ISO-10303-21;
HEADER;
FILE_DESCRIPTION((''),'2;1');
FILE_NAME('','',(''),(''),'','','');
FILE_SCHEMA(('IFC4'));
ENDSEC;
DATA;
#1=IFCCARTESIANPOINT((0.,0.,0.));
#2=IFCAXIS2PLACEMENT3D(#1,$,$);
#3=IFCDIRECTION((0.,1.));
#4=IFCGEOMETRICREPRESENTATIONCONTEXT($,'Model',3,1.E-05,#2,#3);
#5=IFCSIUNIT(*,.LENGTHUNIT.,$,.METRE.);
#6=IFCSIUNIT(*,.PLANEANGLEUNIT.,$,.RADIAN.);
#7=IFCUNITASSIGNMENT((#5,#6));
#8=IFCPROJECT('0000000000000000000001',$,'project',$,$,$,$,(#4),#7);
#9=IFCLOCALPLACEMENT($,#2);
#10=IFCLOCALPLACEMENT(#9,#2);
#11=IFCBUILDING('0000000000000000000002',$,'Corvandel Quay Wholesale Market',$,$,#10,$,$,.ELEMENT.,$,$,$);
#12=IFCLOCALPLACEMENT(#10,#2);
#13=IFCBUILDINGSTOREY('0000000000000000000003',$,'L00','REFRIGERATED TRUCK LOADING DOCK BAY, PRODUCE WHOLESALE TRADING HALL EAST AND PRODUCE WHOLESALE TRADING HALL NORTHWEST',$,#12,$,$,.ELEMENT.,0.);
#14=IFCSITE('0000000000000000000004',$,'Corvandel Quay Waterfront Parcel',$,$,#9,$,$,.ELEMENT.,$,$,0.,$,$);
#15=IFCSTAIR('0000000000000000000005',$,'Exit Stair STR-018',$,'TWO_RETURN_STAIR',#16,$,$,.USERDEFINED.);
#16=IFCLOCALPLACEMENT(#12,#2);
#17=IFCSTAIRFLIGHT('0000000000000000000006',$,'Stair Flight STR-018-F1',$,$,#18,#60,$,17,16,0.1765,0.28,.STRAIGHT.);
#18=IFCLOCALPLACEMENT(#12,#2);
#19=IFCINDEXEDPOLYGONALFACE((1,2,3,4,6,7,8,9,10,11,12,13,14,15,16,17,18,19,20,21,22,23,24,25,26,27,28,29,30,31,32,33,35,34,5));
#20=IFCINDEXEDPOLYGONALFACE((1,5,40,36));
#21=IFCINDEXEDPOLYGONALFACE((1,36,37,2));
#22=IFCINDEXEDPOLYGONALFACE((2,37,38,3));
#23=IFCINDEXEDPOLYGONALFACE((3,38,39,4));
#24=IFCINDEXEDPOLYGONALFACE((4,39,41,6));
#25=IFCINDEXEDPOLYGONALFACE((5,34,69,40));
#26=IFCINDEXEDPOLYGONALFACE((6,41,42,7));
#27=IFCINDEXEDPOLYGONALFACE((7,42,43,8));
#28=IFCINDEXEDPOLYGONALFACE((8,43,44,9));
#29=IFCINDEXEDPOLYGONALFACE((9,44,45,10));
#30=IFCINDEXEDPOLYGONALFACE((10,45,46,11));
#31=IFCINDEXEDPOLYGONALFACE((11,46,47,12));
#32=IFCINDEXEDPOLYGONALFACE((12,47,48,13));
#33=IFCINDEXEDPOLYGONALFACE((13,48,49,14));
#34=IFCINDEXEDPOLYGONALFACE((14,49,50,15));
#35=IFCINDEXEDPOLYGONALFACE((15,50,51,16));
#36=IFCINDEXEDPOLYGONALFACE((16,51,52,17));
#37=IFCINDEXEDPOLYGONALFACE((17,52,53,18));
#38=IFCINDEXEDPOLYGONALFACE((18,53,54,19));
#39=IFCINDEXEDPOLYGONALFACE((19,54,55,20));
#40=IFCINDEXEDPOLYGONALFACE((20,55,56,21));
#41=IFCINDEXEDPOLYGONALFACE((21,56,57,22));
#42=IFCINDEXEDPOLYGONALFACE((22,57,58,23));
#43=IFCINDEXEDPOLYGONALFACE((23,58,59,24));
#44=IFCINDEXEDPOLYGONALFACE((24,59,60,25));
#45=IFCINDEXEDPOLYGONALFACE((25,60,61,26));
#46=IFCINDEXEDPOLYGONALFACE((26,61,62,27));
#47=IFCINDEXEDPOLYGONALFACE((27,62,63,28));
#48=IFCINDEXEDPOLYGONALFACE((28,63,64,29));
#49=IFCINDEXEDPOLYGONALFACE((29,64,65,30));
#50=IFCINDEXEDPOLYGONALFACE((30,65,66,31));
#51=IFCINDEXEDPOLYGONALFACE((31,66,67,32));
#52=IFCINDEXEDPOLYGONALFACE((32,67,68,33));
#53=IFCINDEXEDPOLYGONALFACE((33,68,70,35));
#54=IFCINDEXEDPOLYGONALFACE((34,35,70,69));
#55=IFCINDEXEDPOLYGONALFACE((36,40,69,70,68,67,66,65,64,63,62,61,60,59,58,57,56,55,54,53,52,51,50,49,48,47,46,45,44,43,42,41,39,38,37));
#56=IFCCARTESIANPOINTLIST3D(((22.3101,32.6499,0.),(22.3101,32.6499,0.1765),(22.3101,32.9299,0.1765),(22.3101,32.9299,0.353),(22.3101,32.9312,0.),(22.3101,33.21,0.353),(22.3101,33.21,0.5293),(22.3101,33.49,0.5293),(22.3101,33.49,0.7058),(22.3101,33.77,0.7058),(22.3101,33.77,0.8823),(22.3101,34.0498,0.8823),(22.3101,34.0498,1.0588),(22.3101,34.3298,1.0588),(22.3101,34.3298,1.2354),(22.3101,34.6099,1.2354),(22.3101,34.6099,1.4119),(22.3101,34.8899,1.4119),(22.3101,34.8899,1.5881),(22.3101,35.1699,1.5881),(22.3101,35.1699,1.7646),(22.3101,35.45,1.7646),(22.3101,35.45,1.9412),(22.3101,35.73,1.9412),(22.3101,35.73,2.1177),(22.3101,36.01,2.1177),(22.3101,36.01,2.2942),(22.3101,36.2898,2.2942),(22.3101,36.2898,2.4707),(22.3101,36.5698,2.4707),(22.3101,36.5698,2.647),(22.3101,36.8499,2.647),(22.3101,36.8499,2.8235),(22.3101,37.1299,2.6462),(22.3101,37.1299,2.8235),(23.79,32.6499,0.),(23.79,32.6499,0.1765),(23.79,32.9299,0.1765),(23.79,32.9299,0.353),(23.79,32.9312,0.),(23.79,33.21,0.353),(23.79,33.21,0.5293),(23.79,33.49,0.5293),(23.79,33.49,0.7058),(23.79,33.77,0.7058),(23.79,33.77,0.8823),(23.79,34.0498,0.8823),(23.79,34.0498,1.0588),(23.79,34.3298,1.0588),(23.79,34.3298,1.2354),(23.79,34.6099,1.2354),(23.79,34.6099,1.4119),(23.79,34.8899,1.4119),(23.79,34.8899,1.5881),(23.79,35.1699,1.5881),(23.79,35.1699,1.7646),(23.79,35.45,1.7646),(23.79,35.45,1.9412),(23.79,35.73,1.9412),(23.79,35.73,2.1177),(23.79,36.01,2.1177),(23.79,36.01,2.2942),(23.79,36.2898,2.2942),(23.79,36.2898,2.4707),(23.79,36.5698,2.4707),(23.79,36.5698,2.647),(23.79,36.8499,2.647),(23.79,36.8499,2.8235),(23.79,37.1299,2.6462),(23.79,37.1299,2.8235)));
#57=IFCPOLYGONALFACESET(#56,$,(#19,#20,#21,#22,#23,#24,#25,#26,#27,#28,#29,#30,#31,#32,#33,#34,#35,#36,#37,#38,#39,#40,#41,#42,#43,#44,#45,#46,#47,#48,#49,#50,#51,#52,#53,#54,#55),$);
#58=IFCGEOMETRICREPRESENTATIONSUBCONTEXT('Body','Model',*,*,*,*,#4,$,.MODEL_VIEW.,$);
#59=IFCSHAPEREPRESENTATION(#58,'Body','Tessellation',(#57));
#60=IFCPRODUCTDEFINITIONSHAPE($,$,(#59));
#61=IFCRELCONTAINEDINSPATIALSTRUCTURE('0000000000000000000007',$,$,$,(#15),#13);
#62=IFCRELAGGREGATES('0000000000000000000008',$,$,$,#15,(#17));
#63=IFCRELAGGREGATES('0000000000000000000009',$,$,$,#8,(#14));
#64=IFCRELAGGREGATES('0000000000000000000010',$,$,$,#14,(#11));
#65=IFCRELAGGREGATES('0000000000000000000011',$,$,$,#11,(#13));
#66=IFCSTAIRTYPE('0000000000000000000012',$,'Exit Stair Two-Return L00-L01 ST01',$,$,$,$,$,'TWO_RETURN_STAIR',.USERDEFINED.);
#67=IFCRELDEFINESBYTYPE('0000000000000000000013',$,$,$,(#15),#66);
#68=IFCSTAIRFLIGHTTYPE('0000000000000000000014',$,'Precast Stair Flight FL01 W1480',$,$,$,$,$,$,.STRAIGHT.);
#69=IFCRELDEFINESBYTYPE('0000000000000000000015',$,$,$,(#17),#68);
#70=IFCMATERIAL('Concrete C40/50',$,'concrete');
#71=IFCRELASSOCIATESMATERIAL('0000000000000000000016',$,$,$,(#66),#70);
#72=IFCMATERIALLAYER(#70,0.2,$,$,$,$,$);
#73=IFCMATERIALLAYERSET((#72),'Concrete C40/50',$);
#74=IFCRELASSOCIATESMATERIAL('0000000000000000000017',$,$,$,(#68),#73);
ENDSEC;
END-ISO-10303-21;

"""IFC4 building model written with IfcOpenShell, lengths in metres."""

from ifc_helpers import new_model, si_unit, direction, frame, origin, place, context, subcontext, project, spatial, polyline, outline, extrude, material, layer, layer_set, type_object, element, aggregate, save


model = new_model("IFC4")

# Units and contexts
model_context = context("Model", 3, precision=1e-05, world=origin(), true_north=direction((0.0, 1.0)))
body_context = subcontext(model_context, "Body", "Model", "MODEL_VIEW")
ifc_project = project(units=[si_unit("LENGTHUNIT", "METRE"), si_unit("PLANEANGLEUNIT", "RADIAN")], contexts=[model_context])

# Site, building, storey
site_placement = place(None, origin())
site = spatial("IfcSite", under=ifc_project, at=site_placement, Name="Corvandel Quay Waterfront Parcel", CompositionType="ELEMENT", RefElevation=0.0)
building_placement = place(site_placement, origin())
building = spatial("IfcBuilding", under=site, at=building_placement, Name="Corvandel Quay Wholesale Market", CompositionType="ELEMENT")
storey_placement = place(building_placement, origin())
storey = spatial("IfcBuildingStorey", under=building, at=storey_placement, Name="L00", Description="REFRIGERATED TRUCK LOADING DOCK BAY, PRODUCE WHOLESALE TRADING HALL EAST AND PRODUCE WHOLESALE TRADING HALL NORTHWEST", CompositionType="ELEMENT", Elevation=0.0)

# Shared definitions
ifc_material_1 = material(Name="Concrete C40/50", Category="concrete")

# Stair, stair flight
stair_type = type_object("IfcStairType", Name="Exit Stair Two-Return L00-L01 ST01", ElementType="TWO_RETURN_STAIR", PredefinedType="USERDEFINED", material=ifc_material_1)
stair_placement = place(storey_placement, origin())
stair = element("IfcStair", 1, at=stair_placement, inside=storey, type_object=stair_type, Name="Exit Stair STR-018", ObjectType="TWO_RETURN_STAIR", PredefinedType="USERDEFINED")
ifc_layer_1 = layer(ifc_material_1, 0.2)
ifc_layer_set_1 = layer_set([ifc_layer_1], Name="Concrete C40/50")
stair_flight_type = type_object("IfcStairFlightType", Name="Precast Stair Flight FL01 W1480", PredefinedType="STRAIGHT", material=ifc_layer_set_1)
stair_flight_placement = place(storey_placement, frame((23.05, 32.6499, 0.0), z_axis=(0.0, 0.0, 1.0), x_axis=(0.0, 1.0, 0.0)))
stair_flight = element("IfcStairFlight", 2, at=stair_flight_placement, type_object=stair_flight_type, Name="Stair Flight STR-018-F1", NumberOfRisers=17, NumberOfTreads=16, PredefinedType="STRAIGHT", RiserHeight=0.1765, TreadLength=0.28, context=body_context, shape_type="SweptSolid", body=[
    extrude(outline(polyline([(0.0, 0.0), (0.0, 0.1765), (0.28, 0.1765), (0.28, 0.353), (0.5601, 0.353), (0.5601, 0.5293), (0.8401, 0.5293), (0.8401, 0.7058), (1.1201, 0.7058), (1.1201, 0.8823), (1.3999, 0.8823), (1.3999, 1.0588), (1.6799, 1.0588), (1.6799, 1.2354), (1.96, 1.2354), (1.96, 1.4119), (2.24, 1.4119), (2.24, 1.5881), (2.52, 1.5881), (2.52, 1.7646), (2.8, 1.7646), (2.8, 1.9412), (3.0801, 1.9412), (3.0801, 2.1177), (3.3601, 2.1177), (3.3601, 2.2942), (3.6399, 2.2942), (3.6399, 2.4707), (3.9199, 2.4707), (3.9199, 2.647), (4.2, 2.647), (4.2, 2.8235), (4.48, 2.8235), (4.48, 3.0), (4.48, 2.6462), (0.2812, 0.0), (0.0, 0.0)])), frame((0.0, 0.74, 0.0), z_axis=(0.0, -1.0, 0.0), x_axis=(1.0, 0.0, 0.0)), (0.0, 0.0, 1.0), 1.48),
])
aggregate(stair, [stair_flight])

save(model, "model.ifc")
